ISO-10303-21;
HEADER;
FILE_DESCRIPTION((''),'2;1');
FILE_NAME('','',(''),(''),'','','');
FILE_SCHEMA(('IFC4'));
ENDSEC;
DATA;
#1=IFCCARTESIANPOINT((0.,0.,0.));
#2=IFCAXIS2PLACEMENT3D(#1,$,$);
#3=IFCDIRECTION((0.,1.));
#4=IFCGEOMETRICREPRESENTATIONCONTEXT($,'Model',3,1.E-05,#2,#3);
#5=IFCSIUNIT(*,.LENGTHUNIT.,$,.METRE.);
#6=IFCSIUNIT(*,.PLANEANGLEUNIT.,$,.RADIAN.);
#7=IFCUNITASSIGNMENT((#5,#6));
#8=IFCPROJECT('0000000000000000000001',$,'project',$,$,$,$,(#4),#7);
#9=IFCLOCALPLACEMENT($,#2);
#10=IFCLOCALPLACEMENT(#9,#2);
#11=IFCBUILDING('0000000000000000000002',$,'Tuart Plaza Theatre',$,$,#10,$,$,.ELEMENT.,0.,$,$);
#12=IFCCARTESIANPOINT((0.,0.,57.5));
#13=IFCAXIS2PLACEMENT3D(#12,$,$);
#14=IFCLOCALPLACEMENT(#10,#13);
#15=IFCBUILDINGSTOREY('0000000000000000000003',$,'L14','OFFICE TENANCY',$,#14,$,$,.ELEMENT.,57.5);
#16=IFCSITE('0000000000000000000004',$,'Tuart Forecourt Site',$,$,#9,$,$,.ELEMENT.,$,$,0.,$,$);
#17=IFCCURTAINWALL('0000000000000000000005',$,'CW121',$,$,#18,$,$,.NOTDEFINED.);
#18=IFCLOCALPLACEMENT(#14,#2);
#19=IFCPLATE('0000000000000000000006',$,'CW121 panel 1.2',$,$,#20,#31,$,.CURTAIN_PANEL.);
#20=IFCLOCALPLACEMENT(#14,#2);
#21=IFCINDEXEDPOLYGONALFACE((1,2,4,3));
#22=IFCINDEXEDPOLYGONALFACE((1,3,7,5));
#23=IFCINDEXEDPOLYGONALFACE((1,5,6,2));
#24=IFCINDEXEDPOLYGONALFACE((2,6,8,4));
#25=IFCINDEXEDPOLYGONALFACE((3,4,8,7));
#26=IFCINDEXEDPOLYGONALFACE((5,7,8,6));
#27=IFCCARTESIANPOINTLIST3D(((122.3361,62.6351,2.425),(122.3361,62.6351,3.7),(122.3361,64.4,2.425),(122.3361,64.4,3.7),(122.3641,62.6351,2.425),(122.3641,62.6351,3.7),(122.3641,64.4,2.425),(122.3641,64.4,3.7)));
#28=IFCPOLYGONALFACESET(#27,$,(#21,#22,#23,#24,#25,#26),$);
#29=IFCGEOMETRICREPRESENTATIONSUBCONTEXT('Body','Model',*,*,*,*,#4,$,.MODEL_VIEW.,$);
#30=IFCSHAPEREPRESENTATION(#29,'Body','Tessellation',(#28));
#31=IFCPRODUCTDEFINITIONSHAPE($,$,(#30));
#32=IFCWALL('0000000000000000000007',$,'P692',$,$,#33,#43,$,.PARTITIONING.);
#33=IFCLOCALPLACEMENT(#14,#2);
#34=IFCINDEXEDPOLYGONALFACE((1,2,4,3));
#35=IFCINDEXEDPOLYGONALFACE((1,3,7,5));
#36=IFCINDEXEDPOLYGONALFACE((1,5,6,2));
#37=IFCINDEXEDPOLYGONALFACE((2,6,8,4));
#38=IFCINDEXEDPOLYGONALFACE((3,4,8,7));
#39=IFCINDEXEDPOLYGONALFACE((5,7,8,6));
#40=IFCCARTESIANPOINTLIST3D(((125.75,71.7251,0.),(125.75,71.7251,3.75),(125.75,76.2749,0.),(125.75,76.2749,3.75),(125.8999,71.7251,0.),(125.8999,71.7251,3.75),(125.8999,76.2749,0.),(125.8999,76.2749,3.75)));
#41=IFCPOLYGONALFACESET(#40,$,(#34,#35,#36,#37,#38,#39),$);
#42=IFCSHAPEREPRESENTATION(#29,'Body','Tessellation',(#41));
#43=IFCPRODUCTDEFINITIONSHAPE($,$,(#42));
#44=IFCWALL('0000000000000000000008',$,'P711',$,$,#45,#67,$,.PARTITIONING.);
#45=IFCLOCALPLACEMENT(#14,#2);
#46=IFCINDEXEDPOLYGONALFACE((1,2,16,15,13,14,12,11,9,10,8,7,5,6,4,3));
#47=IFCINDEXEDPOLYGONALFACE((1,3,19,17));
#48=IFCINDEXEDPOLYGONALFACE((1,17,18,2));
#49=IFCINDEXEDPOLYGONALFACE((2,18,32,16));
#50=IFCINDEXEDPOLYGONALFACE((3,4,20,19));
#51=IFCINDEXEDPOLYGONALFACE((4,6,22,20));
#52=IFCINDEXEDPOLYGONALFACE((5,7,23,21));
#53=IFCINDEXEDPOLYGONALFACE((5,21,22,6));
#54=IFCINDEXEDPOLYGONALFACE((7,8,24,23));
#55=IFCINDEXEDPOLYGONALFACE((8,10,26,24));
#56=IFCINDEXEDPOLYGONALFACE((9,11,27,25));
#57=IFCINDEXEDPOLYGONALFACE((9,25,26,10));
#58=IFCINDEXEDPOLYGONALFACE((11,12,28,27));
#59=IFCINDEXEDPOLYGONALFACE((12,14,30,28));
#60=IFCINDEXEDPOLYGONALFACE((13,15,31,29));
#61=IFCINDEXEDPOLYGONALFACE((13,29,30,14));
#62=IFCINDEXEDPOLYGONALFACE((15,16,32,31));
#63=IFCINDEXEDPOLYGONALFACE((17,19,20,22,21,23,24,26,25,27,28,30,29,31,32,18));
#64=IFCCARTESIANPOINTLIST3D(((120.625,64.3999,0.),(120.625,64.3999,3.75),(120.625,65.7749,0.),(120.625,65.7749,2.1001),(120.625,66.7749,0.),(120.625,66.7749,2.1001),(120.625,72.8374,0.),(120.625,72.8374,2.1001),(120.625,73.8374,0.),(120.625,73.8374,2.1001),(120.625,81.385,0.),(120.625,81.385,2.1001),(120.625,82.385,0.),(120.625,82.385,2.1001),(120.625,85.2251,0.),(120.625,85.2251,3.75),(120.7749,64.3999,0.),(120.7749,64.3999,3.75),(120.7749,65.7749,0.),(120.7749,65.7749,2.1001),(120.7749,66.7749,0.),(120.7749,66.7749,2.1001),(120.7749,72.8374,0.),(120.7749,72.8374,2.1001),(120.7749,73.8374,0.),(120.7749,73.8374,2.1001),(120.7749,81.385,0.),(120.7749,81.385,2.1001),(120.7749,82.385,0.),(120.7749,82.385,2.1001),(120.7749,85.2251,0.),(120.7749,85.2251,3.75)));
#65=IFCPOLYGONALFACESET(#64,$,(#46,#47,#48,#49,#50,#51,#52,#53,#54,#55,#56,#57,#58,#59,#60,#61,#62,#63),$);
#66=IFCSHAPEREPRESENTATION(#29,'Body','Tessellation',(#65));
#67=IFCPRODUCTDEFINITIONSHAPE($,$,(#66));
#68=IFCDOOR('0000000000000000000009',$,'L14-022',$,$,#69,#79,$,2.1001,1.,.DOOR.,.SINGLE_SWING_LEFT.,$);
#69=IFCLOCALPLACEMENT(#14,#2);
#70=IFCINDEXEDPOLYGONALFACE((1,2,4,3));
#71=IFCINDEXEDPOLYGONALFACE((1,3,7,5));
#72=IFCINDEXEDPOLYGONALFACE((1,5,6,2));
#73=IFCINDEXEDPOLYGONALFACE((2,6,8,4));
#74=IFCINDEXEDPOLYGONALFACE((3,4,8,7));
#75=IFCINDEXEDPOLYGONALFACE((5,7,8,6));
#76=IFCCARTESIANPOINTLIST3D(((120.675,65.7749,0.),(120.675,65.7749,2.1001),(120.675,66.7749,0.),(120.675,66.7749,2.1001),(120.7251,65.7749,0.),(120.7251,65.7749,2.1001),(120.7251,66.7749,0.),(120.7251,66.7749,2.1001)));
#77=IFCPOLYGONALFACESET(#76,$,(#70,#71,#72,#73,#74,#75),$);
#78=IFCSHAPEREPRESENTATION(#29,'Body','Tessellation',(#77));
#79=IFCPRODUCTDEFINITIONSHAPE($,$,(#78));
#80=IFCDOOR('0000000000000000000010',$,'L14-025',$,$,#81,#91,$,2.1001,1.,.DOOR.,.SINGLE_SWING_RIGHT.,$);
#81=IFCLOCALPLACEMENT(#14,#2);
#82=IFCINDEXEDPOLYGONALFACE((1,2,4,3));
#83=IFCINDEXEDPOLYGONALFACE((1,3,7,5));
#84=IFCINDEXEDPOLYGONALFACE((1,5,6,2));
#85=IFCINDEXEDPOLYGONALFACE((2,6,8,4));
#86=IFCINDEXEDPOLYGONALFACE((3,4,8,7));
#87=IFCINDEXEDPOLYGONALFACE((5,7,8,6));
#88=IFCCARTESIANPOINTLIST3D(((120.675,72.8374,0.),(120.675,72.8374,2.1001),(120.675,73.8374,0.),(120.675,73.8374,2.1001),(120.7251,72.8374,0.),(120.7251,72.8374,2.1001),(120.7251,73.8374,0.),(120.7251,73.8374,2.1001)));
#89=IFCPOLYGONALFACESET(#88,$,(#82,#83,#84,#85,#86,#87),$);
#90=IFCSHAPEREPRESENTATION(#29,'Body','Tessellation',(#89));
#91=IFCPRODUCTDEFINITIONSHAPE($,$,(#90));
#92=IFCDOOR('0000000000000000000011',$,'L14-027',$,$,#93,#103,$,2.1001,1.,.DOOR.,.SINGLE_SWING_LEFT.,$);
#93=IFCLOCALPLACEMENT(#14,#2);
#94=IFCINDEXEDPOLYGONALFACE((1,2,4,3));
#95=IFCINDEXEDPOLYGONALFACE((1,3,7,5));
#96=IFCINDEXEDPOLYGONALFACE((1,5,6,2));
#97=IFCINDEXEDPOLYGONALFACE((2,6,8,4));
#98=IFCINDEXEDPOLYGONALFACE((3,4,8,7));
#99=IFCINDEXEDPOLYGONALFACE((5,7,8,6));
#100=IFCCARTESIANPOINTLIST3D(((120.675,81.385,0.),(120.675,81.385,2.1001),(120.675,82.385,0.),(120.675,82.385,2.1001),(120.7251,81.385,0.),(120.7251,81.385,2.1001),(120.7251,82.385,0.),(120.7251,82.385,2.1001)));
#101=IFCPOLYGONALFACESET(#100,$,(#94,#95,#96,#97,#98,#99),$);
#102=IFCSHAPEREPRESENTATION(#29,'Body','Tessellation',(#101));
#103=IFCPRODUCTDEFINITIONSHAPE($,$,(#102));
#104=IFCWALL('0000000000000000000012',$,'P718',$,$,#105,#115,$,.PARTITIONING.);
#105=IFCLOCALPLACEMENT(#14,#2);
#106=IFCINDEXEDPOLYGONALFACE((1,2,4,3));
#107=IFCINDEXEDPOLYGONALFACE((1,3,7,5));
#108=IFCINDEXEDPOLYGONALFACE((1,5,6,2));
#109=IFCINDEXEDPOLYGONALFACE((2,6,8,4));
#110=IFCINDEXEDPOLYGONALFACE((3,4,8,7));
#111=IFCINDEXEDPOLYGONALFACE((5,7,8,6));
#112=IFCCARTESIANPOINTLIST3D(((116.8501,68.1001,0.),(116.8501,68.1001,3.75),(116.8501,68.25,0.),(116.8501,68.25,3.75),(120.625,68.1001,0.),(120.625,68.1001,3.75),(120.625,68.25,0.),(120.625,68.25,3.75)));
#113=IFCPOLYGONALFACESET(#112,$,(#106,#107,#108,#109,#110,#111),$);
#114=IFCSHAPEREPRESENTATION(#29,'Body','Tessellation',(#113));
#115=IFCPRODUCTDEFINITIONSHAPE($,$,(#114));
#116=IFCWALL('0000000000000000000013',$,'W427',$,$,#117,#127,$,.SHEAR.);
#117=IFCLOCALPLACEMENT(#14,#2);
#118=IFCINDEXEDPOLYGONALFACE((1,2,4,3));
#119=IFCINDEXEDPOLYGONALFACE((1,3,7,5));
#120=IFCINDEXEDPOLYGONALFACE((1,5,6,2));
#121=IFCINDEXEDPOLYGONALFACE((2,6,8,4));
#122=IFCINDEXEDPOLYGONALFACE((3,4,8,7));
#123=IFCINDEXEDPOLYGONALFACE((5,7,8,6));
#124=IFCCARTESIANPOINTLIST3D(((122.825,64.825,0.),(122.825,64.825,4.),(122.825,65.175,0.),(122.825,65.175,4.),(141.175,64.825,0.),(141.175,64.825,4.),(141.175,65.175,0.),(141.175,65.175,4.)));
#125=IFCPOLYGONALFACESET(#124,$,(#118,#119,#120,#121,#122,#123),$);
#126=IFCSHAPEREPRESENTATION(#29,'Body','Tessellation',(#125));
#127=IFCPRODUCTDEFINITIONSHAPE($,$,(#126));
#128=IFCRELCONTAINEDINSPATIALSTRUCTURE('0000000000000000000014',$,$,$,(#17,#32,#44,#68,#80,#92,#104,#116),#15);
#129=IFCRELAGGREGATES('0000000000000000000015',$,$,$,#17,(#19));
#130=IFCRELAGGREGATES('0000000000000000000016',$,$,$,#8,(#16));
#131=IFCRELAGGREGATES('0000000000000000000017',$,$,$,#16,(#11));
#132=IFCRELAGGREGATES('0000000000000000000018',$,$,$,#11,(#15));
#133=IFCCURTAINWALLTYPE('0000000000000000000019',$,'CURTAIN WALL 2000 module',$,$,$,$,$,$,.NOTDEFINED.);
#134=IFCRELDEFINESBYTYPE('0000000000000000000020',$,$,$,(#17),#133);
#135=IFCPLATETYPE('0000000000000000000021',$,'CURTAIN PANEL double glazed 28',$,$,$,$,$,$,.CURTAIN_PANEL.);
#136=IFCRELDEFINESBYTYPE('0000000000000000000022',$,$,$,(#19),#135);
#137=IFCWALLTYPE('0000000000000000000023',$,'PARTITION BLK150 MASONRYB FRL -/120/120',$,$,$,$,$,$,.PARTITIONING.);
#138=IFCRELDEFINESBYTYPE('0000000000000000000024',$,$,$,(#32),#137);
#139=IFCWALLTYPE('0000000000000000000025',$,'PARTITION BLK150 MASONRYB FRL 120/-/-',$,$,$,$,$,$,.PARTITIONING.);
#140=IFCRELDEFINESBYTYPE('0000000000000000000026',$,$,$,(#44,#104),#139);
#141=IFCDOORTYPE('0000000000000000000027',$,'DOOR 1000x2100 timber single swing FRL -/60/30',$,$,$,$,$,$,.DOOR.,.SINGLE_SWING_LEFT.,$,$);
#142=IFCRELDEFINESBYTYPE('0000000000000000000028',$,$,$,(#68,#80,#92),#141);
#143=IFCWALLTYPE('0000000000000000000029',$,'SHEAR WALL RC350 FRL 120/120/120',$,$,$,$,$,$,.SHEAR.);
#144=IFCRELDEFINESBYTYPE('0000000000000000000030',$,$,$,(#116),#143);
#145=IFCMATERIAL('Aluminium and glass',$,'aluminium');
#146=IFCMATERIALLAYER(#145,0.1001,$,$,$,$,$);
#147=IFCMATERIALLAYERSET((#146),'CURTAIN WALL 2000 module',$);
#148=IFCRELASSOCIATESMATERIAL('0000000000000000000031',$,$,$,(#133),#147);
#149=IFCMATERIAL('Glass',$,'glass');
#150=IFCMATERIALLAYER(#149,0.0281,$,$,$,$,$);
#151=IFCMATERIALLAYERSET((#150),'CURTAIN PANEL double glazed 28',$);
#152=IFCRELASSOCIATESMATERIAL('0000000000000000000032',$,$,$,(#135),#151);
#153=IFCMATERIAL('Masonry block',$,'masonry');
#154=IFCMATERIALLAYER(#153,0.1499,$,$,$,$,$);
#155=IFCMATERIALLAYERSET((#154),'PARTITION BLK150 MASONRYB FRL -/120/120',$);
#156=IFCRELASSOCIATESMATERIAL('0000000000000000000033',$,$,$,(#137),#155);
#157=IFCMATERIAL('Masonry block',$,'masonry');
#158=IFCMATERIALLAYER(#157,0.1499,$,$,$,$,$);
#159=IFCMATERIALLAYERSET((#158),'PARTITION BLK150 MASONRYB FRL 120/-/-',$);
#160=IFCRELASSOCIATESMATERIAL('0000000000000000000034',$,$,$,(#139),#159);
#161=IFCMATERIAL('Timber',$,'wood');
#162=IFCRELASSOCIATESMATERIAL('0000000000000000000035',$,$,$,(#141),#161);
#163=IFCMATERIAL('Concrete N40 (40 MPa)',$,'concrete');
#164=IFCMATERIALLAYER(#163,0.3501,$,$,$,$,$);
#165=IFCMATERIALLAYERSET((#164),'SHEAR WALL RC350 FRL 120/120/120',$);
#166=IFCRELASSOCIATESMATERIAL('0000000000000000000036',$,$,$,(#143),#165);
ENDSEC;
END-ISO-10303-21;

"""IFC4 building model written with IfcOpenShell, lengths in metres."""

from ifc_helpers import new_model, si_unit, direction, frame, frame_2d, origin, origin_2d, place, context, subcontext, project, spatial, rectangle, extrude, material, layer, layer_set, type_object, element, fill, aggregate, save


model = new_model("IFC4")

# Units and contexts
model_context = context("Model", 3, precision=1e-05, world=origin(), true_north=direction((0.0, 1.0)))
body_context = subcontext(model_context, "Body", "Model", "MODEL_VIEW")
ifc_project = project(units=[si_unit("LENGTHUNIT", "METRE"), si_unit("PLANEANGLEUNIT", "RADIAN")], contexts=[model_context])

# Site, building, storey
site_placement = place(None, origin())
site = spatial("IfcSite", under=ifc_project, at=site_placement, Name="Tuart Forecourt Site", CompositionType="ELEMENT", RefElevation=0.0)
building_placement = place(site_placement, origin())
building = spatial("IfcBuilding", under=site, at=building_placement, Name="Tuart Plaza Theatre", CompositionType="ELEMENT", ElevationOfRefHeight=0.0)
storey_placement = place(building_placement, frame((0.0, 0.0, 57.5)))
storey = spatial("IfcBuildingStorey", under=building, at=storey_placement, Name="L14", Description="OFFICE TENANCY", CompositionType="ELEMENT", Elevation=57.5)

# Shared definitions
ifc_material_1 = material(Name="Aluminium and glass", Category="aluminium")
ifc_layer_1 = layer(ifc_material_1, 0.1001)
ifc_layer_set_1 = layer_set([ifc_layer_1], Name="CURTAIN WALL 2000 module")
curtain_wall_type = type_object("IfcCurtainWallType", Name="CURTAIN WALL 2000 module", PredefinedType="NOTDEFINED", material=ifc_layer_set_1)

# Curtain wall
curtain_wall_1_placement = place(storey_placement, origin())
curtain_wall_1 = element("IfcCurtainWall", 1, at=curtain_wall_1_placement, inside=storey, type_object=curtain_wall_type, Name="CW121", PredefinedType="NOTDEFINED")

# Plate
ifc_material_2 = material(Name="Glass", Category="glass")
ifc_layer_2 = layer(ifc_material_2, 0.0281)
ifc_layer_set_2 = layer_set([ifc_layer_2], Name="CURTAIN PANEL double glazed 28")
plate_type = type_object("IfcPlateType", Name="CURTAIN PANEL double glazed 28", PredefinedType="CURTAIN_PANEL", material=ifc_layer_set_2)
plate_1_placement = place(storey_placement, frame((122.3501, 63.5176, 2.425), z_axis=(0.0, 0.0, 1.0), x_axis=(0.0, -1.0, 0.0)))
plate_1 = element("IfcPlate", 2, at=plate_1_placement, type_object=plate_type, Name="CW121 panel 1.2", PredefinedType="CURTAIN_PANEL", context=body_context, shape_type="SweptSolid", body=[
    extrude(rectangle(XDim=1.7649, YDim=0.0281, at=origin_2d()), origin(), (0.0, 0.0, 1.0), 1.2749),
])
aggregate(curtain_wall_1, [plate_1])

# Wall
ifc_material_3 = material(Name="Masonry block", Category="masonry")
ifc_layer_3 = layer(ifc_material_3, 0.1499)
ifc_layer_set_3 = layer_set([ifc_layer_3], Name="PARTITION BLK150 MASONRYB FRL -/120/120")
wall_type_1 = type_object("IfcWallType", Name="PARTITION BLK150 MASONRYB FRL -/120/120", PredefinedType="PARTITIONING", material=ifc_layer_set_3)
wall_1_placement = place(storey_placement, frame((125.825, 71.7251, 0.0), z_axis=(0.0, 0.0, 1.0), x_axis=(0.0, 1.0, 0.0)))
element("IfcWall", 3, at=wall_1_placement, inside=storey, type_object=wall_type_1, Name="P692", PredefinedType="PARTITIONING", context=body_context, shape_type="SweptSolid", body=[
    extrude(rectangle(XDim=4.5498, YDim=0.1499, at=frame_2d((2.2749, 0.0))), origin(), (0.0, 0.0, 1.0), 3.75),
])

# Wall, openings, doors
ifc_material_4 = material(Name="Masonry block", Category="masonry")
ifc_layer_4 = layer(ifc_material_4, 0.1499)
ifc_layer_set_4 = layer_set([ifc_layer_4], Name="PARTITION BLK150 MASONRYB FRL 120/-/-")
wall_type_2 = type_object("IfcWallType", Name="PARTITION BLK150 MASONRYB FRL 120/-/-", PredefinedType="PARTITIONING", material=ifc_layer_set_4)
wall_2_placement = place(storey_placement, frame((120.7, 64.3999, 0.0), z_axis=(0.0, 0.0, 1.0), x_axis=(0.0, 1.0, 0.0)))
wall_2 = element("IfcWall", 4, at=wall_2_placement, inside=storey, type_object=wall_type_2, Name="P711", PredefinedType="PARTITIONING", context=body_context, shape_type="SweptSolid", body=[
    extrude(rectangle(XDim=20.8252, YDim=0.1499, at=frame_2d((10.4126, 0.0))), origin(), (0.0, 0.0, 1.0), 3.75),
])
opening_1_placement = place(wall_2_placement, frame((1.375, 0.0, 0.0)))
opening_1 = element("IfcOpeningElement", 5, at=opening_1_placement, cuts=wall_2, PredefinedType="OPENING", context=body_context, shape_type="SweptSolid", body=[
    extrude(rectangle(XDim=1.0, YDim=2.1001, at=frame_2d((0.5, 1.05))), frame((0.0, 0.085, 0.0), z_axis=(0.0, -1.0, 0.0), x_axis=(1.0, 0.0, 0.0)), (0.0, 0.0, 1.0), 0.1699),
])
opening_2_placement = place(wall_2_placement, frame((8.4375, 0.0, 0.0)))
opening_2 = element("IfcOpeningElement", 6, at=opening_2_placement, cuts=wall_2, PredefinedType="OPENING", context=body_context, shape_type="SweptSolid", body=[
    extrude(rectangle(XDim=1.0, YDim=2.1001, at=frame_2d((0.5, 1.05))), frame((0.0, 0.085, 0.0), z_axis=(0.0, -1.0, 0.0), x_axis=(1.0, 0.0, 0.0)), (0.0, 0.0, 1.0), 0.1699),
])
opening_3_placement = place(wall_2_placement, frame((16.9851, 0.0, 0.0)))
opening_3 = element("IfcOpeningElement", 7, at=opening_3_placement, cuts=wall_2, PredefinedType="OPENING", context=body_context, shape_type="SweptSolid", body=[
    extrude(rectangle(XDim=1.0, YDim=2.1001, at=frame_2d((0.5, 1.05))), frame((0.0, 0.085, 0.0), z_axis=(0.0, -1.0, 0.0), x_axis=(1.0, 0.0, 0.0)), (0.0, 0.0, 1.0), 0.1699),
])
ifc_material_5 = material(Name="Timber", Category="wood")
door_type = type_object("IfcDoorType", Name="DOOR 1000x2100 timber single swing FRL -/60/30", OperationType="SINGLE_SWING_LEFT", PredefinedType="DOOR", material=ifc_material_5)
door_1_placement = place(opening_1_placement, origin())
door_1 = element("IfcDoor", 8, at=door_1_placement, inside=storey, type_object=door_type, Name="L14-022", OperationType="SINGLE_SWING_LEFT", OverallHeight=2.1001, OverallWidth=1.0, PredefinedType="DOOR", context=body_context, shape_type="SweptSolid", body=[
    extrude(rectangle(XDim=1.0, YDim=2.1001, at=frame_2d((0.5, 1.05))), frame((0.0, 0.0249, 0.0), z_axis=(0.0, -1.0, 0.0), x_axis=(1.0, 0.0, 0.0)), (0.0, 0.0, 1.0), 0.05),
])
fill(opening_1, door_1)
door_2_placement = place(opening_2_placement, origin())
door_2 = element("IfcDoor", 9, at=door_2_placement, inside=storey, type_object=door_type, Name="L14-025", OperationType="SINGLE_SWING_RIGHT", OverallHeight=2.1001, OverallWidth=1.0, PredefinedType="DOOR", context=body_context, shape_type="SweptSolid", body=[
    extrude(rectangle(XDim=1.0, YDim=2.1001, at=frame_2d((0.5, 1.05))), frame((0.0, 0.0249, 0.0), z_axis=(0.0, -1.0, 0.0), x_axis=(1.0, 0.0, 0.0)), (0.0, 0.0, 1.0), 0.05),
])
fill(opening_2, door_2)
door_3_placement = place(opening_3_placement, origin())
door_3 = element("IfcDoor", 10, at=door_3_placement, inside=storey, type_object=door_type, Name="L14-027", OperationType="SINGLE_SWING_LEFT", OverallHeight=2.1001, OverallWidth=1.0, PredefinedType="DOOR", context=body_context, shape_type="SweptSolid", body=[
    extrude(rectangle(XDim=1.0, YDim=2.1001, at=frame_2d((0.5, 1.05))), frame((0.0, 0.0249, 0.0), z_axis=(0.0, -1.0, 0.0), x_axis=(1.0, 0.0, 0.0)), (0.0, 0.0, 1.0), 0.05),
])
fill(opening_3, door_3)

# Walls
wall_3_placement = place(storey_placement, frame((120.625, 68.175, 0.0), z_axis=(0.0, 0.0, 1.0), x_axis=(-1.0, 0.0, 0.0)))
element("IfcWall", 11, at=wall_3_placement, inside=storey, type_object=wall_type_2, Name="P718", PredefinedType="PARTITIONING", context=body_context, shape_type="SweptSolid", body=[
    extrude(rectangle(XDim=3.7749, YDim=0.1499, at=frame_2d((1.8875, 0.0))), origin(), (0.0, 0.0, 1.0), 3.75),
])
ifc_material_6 = material(Name="Concrete N40 (40 MPa)", Category="concrete")
ifc_layer_5 = layer(ifc_material_6, 0.3501)
ifc_layer_set_5 = layer_set([ifc_layer_5], Name="SHEAR WALL RC350 FRL 120/120/120")
wall_type_3 = type_object("IfcWallType", Name="SHEAR WALL RC350 FRL 120/120/120", PredefinedType="SHEAR", material=ifc_layer_set_5)
wall_4_placement = place(storey_placement, frame((122.825, 65.0, 0.0), z_axis=(0.0, 0.0, 1.0), x_axis=(1.0, 0.0, 0.0)))
element("IfcWall", 12, at=wall_4_placement, inside=storey, type_object=wall_type_3, Name="W427", PredefinedType="SHEAR", context=body_context, shape_type="SweptSolid", body=[
    extrude(rectangle(XDim=18.3501, YDim=0.3501, at=frame_2d((9.175, 0.0))), origin(), (0.0, 0.0, 1.0), 4.0),
])

save(model, "model.ifc")
